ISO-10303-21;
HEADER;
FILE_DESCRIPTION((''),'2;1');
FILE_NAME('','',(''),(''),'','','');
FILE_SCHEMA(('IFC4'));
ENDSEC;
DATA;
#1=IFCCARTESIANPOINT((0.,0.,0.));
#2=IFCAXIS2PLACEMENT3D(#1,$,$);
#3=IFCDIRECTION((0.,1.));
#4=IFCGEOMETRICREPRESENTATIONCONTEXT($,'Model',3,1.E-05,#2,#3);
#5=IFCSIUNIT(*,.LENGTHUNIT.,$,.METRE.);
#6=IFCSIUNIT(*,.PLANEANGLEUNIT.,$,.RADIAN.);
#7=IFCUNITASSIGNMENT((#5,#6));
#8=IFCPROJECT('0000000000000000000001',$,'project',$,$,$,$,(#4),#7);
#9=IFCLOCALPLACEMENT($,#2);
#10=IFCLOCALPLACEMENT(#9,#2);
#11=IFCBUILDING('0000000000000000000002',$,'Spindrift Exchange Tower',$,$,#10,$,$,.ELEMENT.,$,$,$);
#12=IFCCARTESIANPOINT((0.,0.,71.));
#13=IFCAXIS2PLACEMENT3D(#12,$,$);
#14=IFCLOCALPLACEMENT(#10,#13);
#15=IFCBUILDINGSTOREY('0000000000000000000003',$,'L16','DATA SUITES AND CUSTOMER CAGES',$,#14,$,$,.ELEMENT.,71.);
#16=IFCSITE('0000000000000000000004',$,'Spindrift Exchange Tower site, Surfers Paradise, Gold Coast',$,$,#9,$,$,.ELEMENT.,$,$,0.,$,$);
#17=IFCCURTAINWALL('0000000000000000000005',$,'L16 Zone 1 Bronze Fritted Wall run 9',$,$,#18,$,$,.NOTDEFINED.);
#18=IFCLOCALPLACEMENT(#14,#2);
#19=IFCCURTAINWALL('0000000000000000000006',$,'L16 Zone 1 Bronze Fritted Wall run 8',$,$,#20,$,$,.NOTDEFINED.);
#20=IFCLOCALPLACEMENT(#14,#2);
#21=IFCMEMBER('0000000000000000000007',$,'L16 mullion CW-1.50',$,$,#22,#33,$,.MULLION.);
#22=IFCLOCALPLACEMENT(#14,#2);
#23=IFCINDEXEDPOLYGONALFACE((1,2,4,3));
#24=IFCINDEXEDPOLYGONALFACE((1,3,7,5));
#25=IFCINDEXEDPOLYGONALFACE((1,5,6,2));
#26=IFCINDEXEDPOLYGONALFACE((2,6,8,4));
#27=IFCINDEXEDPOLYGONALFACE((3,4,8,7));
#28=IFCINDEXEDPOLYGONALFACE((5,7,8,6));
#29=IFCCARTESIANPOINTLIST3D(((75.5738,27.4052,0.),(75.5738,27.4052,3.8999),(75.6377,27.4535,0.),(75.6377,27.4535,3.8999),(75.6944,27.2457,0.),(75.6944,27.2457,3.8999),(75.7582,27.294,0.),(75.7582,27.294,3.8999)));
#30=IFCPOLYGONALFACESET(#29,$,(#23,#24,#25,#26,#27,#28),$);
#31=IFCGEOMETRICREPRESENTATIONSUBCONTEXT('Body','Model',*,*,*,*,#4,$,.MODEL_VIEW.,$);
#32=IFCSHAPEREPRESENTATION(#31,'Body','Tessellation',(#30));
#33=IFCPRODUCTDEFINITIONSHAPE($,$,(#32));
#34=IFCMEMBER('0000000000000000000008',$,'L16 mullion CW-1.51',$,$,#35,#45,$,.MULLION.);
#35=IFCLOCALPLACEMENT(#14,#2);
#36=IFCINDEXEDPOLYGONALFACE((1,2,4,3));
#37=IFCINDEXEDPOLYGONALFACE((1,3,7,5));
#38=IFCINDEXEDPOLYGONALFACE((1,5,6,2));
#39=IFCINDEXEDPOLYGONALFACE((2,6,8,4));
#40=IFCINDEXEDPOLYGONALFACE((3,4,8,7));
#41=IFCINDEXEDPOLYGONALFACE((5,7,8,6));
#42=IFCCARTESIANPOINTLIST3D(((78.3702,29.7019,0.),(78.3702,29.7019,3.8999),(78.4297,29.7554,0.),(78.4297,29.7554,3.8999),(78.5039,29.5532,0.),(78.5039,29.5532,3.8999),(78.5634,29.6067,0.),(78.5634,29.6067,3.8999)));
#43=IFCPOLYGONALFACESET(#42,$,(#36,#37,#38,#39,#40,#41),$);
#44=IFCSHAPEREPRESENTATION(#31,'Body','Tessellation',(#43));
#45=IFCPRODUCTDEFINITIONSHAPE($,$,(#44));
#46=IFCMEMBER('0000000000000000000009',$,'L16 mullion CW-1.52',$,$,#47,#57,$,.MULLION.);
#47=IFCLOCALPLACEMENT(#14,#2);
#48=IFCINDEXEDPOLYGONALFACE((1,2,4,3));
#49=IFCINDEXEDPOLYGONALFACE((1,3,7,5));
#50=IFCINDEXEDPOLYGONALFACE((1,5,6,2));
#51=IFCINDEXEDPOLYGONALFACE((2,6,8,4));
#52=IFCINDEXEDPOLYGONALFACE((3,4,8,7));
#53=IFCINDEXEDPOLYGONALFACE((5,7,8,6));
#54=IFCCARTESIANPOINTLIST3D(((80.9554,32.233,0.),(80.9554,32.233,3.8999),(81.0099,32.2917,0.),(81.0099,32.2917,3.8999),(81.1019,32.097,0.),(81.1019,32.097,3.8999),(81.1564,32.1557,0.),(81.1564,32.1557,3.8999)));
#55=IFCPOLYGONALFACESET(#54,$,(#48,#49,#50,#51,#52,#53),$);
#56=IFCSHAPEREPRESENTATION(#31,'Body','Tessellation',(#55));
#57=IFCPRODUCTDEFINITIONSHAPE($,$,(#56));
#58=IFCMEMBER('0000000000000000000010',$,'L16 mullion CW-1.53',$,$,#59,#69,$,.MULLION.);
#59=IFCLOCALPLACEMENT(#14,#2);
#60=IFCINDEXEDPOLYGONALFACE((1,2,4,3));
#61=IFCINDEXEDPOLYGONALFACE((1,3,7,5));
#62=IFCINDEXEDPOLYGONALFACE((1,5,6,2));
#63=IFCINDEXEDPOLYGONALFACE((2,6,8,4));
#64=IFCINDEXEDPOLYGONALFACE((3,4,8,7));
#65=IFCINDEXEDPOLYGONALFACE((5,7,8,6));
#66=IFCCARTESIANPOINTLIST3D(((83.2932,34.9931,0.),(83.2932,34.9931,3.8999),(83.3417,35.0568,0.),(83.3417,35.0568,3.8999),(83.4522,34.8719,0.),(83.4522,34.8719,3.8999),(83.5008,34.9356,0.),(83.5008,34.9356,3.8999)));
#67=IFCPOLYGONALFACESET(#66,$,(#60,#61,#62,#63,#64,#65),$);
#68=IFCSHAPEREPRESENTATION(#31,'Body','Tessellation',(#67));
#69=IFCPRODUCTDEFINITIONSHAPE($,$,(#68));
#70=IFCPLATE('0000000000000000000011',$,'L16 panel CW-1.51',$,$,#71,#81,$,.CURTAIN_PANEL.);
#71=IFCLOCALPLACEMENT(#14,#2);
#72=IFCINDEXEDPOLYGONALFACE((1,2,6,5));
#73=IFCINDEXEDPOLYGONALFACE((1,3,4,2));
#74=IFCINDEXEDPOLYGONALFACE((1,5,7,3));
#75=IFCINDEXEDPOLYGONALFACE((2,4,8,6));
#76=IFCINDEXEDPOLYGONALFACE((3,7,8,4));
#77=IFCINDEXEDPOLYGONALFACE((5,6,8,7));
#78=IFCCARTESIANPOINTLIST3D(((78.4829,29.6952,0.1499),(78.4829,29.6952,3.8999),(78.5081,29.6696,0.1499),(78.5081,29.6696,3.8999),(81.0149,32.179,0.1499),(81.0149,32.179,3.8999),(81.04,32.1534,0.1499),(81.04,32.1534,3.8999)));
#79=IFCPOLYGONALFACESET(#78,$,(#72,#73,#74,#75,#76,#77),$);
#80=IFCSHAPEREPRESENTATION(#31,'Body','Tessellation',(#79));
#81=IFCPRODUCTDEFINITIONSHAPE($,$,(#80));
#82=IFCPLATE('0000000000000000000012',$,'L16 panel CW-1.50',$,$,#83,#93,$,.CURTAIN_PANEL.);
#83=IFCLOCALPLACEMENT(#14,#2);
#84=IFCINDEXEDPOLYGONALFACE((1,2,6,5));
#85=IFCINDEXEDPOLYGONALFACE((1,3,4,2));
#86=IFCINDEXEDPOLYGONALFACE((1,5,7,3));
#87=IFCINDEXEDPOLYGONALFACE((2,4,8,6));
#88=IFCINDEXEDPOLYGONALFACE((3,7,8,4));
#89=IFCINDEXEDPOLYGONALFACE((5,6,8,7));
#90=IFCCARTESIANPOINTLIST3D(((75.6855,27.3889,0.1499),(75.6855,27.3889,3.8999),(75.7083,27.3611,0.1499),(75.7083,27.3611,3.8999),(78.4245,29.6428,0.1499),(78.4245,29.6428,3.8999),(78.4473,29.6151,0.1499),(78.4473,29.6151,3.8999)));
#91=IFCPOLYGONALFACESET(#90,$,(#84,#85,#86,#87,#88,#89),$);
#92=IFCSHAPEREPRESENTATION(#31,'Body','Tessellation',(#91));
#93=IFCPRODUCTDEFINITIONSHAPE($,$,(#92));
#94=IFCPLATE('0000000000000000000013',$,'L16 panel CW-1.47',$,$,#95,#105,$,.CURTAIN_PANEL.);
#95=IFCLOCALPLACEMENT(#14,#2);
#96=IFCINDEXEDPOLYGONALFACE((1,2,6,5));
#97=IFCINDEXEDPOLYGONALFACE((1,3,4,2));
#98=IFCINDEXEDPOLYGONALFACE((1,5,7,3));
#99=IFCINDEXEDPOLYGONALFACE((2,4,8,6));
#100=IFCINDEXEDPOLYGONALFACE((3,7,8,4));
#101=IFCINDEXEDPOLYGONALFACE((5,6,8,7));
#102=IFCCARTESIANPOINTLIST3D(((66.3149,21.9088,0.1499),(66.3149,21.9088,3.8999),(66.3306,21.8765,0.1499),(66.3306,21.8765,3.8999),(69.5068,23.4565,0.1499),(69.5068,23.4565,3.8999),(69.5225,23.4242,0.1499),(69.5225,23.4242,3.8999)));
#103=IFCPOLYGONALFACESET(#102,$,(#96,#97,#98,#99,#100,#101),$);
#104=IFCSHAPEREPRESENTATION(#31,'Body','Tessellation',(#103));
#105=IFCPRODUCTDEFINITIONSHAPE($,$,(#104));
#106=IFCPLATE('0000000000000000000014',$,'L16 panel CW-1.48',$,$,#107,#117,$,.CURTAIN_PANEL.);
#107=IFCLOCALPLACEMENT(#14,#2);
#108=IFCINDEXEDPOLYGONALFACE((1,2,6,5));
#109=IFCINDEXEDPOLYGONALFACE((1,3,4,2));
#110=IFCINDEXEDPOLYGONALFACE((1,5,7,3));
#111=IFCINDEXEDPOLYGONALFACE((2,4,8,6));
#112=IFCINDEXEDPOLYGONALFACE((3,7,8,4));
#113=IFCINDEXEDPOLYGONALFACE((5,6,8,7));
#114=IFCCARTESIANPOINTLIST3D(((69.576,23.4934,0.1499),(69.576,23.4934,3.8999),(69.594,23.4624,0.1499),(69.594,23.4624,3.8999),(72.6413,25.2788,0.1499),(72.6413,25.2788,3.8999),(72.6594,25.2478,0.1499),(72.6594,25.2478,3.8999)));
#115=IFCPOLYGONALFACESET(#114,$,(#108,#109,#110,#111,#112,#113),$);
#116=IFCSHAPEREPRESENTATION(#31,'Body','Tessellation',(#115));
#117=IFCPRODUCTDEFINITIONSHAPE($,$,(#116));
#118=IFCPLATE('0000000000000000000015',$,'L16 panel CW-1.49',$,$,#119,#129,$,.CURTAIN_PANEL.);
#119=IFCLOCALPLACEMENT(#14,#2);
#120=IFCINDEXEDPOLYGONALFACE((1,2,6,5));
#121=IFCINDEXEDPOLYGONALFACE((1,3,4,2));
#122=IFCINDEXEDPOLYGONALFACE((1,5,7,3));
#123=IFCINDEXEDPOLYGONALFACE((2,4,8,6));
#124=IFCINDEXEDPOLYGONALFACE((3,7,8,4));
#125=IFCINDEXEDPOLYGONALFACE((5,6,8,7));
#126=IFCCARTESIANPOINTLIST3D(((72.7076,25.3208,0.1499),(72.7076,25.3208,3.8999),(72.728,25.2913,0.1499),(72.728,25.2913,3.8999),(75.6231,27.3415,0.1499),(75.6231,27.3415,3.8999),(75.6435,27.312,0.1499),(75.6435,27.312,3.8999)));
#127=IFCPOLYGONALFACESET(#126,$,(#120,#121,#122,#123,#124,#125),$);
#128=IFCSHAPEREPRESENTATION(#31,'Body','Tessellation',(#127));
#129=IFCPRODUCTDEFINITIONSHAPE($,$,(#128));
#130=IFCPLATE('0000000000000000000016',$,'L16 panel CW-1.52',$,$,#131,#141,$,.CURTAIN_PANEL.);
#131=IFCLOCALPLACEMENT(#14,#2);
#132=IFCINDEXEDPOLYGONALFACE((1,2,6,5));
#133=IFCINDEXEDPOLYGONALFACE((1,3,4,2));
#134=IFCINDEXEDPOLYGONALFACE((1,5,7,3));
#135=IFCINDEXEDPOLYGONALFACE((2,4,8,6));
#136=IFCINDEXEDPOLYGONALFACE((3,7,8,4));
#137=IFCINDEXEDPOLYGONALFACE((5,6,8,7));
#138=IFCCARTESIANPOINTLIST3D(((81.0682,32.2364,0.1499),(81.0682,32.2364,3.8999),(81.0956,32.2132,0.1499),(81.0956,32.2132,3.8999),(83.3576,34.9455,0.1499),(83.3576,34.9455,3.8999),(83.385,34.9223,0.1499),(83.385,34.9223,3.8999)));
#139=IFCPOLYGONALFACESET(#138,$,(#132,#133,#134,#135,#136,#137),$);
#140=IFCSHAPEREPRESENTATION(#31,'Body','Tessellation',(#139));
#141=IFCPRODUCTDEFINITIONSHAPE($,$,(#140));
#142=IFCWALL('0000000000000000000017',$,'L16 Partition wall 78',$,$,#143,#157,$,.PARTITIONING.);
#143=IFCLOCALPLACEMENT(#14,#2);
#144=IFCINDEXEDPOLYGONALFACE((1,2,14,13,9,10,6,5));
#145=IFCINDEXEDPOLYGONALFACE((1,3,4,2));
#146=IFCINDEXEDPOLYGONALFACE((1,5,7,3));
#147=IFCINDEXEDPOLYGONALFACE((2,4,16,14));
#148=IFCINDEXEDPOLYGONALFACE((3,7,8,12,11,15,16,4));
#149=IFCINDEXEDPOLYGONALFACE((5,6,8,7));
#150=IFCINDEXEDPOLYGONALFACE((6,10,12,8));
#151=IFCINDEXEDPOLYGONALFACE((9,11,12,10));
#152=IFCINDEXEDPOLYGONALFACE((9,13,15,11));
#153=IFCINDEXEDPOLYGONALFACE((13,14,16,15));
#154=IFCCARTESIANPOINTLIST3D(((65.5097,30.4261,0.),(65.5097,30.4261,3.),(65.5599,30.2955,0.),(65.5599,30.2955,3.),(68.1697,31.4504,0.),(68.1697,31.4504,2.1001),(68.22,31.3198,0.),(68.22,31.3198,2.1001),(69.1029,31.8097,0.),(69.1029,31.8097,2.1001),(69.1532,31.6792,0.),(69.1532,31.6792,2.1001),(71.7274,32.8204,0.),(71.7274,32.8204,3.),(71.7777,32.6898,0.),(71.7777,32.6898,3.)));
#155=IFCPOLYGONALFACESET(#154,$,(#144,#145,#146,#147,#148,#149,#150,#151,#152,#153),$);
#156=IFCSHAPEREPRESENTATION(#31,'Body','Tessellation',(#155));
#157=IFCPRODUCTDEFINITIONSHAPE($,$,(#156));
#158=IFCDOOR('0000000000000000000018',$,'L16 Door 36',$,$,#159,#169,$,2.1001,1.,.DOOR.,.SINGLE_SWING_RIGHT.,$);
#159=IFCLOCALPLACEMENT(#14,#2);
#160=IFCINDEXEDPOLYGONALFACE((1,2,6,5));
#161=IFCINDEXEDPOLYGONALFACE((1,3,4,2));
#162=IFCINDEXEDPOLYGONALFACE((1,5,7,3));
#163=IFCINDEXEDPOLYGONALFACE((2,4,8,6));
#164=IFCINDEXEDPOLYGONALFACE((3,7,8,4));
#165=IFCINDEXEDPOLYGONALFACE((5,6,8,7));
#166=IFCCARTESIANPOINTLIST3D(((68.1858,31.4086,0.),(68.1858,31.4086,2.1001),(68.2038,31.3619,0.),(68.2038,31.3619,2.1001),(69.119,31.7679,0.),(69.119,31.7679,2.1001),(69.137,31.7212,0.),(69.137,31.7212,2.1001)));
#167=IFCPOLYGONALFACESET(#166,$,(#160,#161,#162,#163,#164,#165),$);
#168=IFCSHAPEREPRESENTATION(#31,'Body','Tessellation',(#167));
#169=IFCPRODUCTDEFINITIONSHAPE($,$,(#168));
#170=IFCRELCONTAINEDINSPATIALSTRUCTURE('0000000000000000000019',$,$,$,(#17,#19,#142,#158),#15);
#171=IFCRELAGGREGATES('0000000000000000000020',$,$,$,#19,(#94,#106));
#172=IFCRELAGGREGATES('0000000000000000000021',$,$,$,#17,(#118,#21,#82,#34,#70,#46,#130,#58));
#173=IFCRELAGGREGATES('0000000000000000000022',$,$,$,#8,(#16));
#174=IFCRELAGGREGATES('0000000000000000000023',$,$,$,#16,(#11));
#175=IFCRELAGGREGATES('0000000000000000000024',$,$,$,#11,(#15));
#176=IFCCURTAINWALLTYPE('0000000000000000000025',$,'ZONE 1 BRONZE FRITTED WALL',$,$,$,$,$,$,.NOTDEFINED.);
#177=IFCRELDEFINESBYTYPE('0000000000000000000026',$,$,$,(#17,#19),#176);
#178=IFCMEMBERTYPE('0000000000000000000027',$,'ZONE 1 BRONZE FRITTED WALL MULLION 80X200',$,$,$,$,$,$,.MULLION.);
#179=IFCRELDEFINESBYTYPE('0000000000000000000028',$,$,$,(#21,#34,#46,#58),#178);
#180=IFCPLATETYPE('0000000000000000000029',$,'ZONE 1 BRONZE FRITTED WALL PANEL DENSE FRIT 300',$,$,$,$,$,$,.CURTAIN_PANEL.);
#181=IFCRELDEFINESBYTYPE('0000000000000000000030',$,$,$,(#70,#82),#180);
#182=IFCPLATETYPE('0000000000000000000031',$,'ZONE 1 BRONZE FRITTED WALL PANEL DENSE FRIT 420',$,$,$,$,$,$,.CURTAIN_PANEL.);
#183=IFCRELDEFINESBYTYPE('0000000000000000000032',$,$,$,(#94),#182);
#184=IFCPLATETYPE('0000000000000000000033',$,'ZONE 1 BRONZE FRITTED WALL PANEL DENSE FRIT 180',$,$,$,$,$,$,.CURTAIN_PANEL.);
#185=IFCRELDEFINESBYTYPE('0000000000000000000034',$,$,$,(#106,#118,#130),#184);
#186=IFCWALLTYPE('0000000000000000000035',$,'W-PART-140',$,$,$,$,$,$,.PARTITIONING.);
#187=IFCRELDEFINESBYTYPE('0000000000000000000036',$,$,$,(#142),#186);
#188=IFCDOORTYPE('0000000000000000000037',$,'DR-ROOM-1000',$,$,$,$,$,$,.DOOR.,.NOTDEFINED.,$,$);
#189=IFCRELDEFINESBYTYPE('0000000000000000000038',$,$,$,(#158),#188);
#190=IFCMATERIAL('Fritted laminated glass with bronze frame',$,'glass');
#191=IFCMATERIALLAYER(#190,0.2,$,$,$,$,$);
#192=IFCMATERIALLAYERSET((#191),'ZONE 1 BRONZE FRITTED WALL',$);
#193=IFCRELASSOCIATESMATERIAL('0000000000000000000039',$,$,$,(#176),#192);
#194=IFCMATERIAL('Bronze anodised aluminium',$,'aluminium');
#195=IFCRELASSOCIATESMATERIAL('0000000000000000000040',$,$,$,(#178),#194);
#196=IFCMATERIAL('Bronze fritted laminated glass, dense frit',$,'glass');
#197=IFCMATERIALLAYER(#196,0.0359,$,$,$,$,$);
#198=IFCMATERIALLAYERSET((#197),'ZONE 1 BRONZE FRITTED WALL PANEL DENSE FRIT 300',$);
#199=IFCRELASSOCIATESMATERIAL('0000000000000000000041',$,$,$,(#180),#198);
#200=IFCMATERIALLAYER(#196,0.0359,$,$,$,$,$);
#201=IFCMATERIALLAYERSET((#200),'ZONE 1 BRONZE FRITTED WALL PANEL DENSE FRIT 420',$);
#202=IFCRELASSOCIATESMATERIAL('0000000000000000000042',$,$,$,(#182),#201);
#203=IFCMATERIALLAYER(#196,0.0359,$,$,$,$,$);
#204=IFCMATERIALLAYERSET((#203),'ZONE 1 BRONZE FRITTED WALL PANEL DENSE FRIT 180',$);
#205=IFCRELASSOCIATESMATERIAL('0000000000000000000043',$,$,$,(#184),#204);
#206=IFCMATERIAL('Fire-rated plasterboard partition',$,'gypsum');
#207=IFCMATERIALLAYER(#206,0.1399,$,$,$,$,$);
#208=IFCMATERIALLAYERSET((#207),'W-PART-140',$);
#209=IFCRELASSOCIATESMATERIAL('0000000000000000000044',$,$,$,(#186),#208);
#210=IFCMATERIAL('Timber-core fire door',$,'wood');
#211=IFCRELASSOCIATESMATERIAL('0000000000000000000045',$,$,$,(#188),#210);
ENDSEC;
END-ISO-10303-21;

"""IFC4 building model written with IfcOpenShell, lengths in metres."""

from ifc_helpers import new_model, si_unit, direction, frame, frame_2d, origin, origin_2d, place, context, subcontext, project, spatial, rectangle, extrude, source, transform, mapped, material, layer, layer_set, material_profile, profile_set, type_object, element, fill, aggregate, save


model = new_model("IFC4")

# Units and contexts
model_context = context("Model", 3, precision=1e-05, world=origin(), true_north=direction((0.0, 1.0)))
body_context = subcontext(model_context, "Body", "Model", "MODEL_VIEW")
ifc_project = project(units=[si_unit("LENGTHUNIT", "METRE"), si_unit("PLANEANGLEUNIT", "RADIAN")], contexts=[model_context])

# Site, building, storey
site_placement = place(None, origin())
site = spatial("IfcSite", under=ifc_project, at=site_placement, Name="Spindrift Exchange Tower site, Surfers Paradise, Gold Coast", CompositionType="ELEMENT", RefElevation=0.0)
building_placement = place(site_placement, origin())
building = spatial("IfcBuilding", under=site, at=building_placement, Name="Spindrift Exchange Tower", CompositionType="ELEMENT")
storey_placement = place(building_placement, frame((0.0, 0.0, 71.0)))
storey = spatial("IfcBuildingStorey", under=building, at=storey_placement, Name="L16", Description="DATA SUITES AND CUSTOMER CAGES", CompositionType="ELEMENT", Elevation=71.0)

# Curtain walls
ifc_material_1 = material(Name="Fritted laminated glass with bronze frame", Category="glass")
ifc_layer_1 = layer(ifc_material_1, 0.2)
ifc_layer_set_1 = layer_set([ifc_layer_1], Name="ZONE 1 BRONZE FRITTED WALL")
curtain_wall_type = type_object("IfcCurtainWallType", Name="ZONE 1 BRONZE FRITTED WALL", PredefinedType="NOTDEFINED", material=ifc_layer_set_1)
curtain_wall_1_placement = place(storey_placement, origin())
curtain_wall_1 = element("IfcCurtainWall", 1, at=curtain_wall_1_placement, inside=storey, type_object=curtain_wall_type, Name="L16 Zone 1 Bronze Fritted Wall run 9", PredefinedType="NOTDEFINED")
ifc_material_2 = material(Name="Bronze anodised aluminium", Category="aluminium")
curtain_wall_2_placement = place(storey_placement, origin())
curtain_wall_2 = element("IfcCurtainWall", 2, at=curtain_wall_2_placement, inside=storey, type_object=curtain_wall_type, Name="L16 Zone 1 Bronze Fritted Wall run 8", PredefinedType="NOTDEFINED")

# Members
ifc_material_profile_1 = material_profile(ifc_material_2, rectangle(XDim=0.0801, YDim=0.2, at=origin_2d()), Name="ZONE 1 BRONZE FRITTED WALL MULLION 80X200")
ifc_profile_set_1 = profile_set([ifc_material_profile_1], Name="Bronze anodised aluminium")
member_type_1 = type_object("IfcMemberType", Name="ZONE 1 BRONZE FRITTED WALL MULLION 80X200", PredefinedType="MULLION", material=ifc_profile_set_1)
shared_shape_1 = source(origin(), body_context, "Body", "SweptSolid", [
    extrude(rectangle(XDim=0.0801, YDim=0.2, at=origin_2d()), origin(), (0.0, 0.0, 1.0), 3.8999),
])
member_1_placement = place(storey_placement, frame((75.666, 27.3496, 0.0), z_axis=(0.0, 0.0, 1.0), x_axis=(0.797703, 0.603051, 0.0)))
member_1 = element("IfcMember", 3, at=member_1_placement, type_object=member_type_1, Name="L16 mullion CW-1.50", PredefinedType="MULLION", context=body_context, shape_type="MappedRepresentation", body=[
    mapped(shared_shape_1, transform((0.0, 0.0, 0.0), scale=1.0)),
])
member_2_placement = place(storey_placement, frame((78.4668, 29.6543, 0.0), z_axis=(0.0, 0.0, 1.0), x_axis=(0.743719, 0.668492, 0.0)))
member_2 = element("IfcMember", 4, at=member_2_placement, type_object=member_type_1, Name="L16 mullion CW-1.51", PredefinedType="MULLION", context=body_context, shape_type="MappedRepresentation", body=[
    mapped(shared_shape_1, transform((0.0, 0.0, 0.0), scale=1.0)),
])
member_3_placement = place(storey_placement, frame((81.0559, 32.1943, 0.0), z_axis=(0.0, 0.0, 1.0), x_axis=(0.680405, 0.732836, 0.0)))
member_3 = element("IfcMember", 5, at=member_3_placement, type_object=member_type_1, Name="L16 mullion CW-1.52", PredefinedType="MULLION", context=body_context, shape_type="MappedRepresentation", body=[
    mapped(shared_shape_1, transform((0.0, 0.0, 0.0), scale=1.0)),
])
member_4_placement = place(storey_placement, frame((83.397, 34.9644, 0.0), z_axis=(0.0, 0.0, 1.0), x_axis=(0.606211, 0.795304, 0.0)))
member_4 = element("IfcMember", 6, at=member_4_placement, type_object=member_type_1, Name="L16 mullion CW-1.53", PredefinedType="MULLION", context=body_context, shape_type="MappedRepresentation", body=[
    mapped(shared_shape_1, transform((0.0, 0.0, 0.0), scale=1.0)),
])

# Plates
ifc_material_3 = material(Name="Bronze fritted laminated glass, dense frit", Category="glass")
ifc_layer_2 = layer(ifc_material_3, 0.0359)
ifc_layer_set_2 = layer_set([ifc_layer_2], Name="ZONE 1 BRONZE FRITTED WALL PANEL DENSE FRIT 300")
plate_type_1 = type_object("IfcPlateType", Name="ZONE 1 BRONZE FRITTED WALL PANEL DENSE FRIT 300", PredefinedType="CURTAIN_PANEL", material=ifc_layer_set_2)
shared_shape_2 = source(origin(), body_context, "Body", "SweptSolid", [
    extrude(rectangle(XDim=3.5469, YDim=0.0359, at=origin_2d()), origin(), (0.0, 0.0, 1.0), 3.75),
])
plate_1_placement = place(storey_placement, frame((79.7615, 30.9243, 0.1499), z_axis=(0.0, 0.0, 1.0), x_axis=(0.713857, 0.700292, 0.0)))
plate_1 = element("IfcPlate", 7, at=plate_1_placement, type_object=plate_type_1, Name="L16 panel CW-1.51", PredefinedType="CURTAIN_PANEL", context=body_context, shape_type="MappedRepresentation", body=[
    mapped(shared_shape_2, transform((0.0, 0.0, 0.0), scale=1.0)),
])
shared_shape_3 = source(origin(), body_context, "Body", "SweptSolid", [
    extrude(rectangle(XDim=3.5471, YDim=0.0359, at=origin_2d()), origin(), (0.0, 0.0, 1.0), 3.75),
])
plate_2_placement = place(storey_placement, frame((77.0664, 28.502, 0.1499), z_axis=(0.0, 0.0, 1.0), x_axis=(0.772166, 0.635421, 0.0)))
plate_2 = element("IfcPlate", 8, at=plate_2_placement, type_object=plate_type_1, Name="L16 panel CW-1.50", PredefinedType="CURTAIN_PANEL", context=body_context, shape_type="MappedRepresentation", body=[
    mapped(shared_shape_3, transform((0.0, 0.0, 0.0), scale=1.0)),
])
ifc_layer_3 = layer(ifc_material_3, 0.0359)
ifc_layer_set_3 = layer_set([ifc_layer_3], Name="ZONE 1 BRONZE FRITTED WALL PANEL DENSE FRIT 420")
plate_type_2 = type_object("IfcPlateType", Name="ZONE 1 BRONZE FRITTED WALL PANEL DENSE FRIT 420", PredefinedType="CURTAIN_PANEL", material=ifc_layer_set_3)
shared_shape_4 = source(origin(), body_context, "Body", "SweptSolid", [
    extrude(rectangle(XDim=3.5474, YDim=0.0359, at=origin_2d()), origin(), (0.0, 0.0, 1.0), 3.75),
])
plate_3_placement = place(storey_placement, frame((67.9187, 22.6665, 0.1499), z_axis=(0.0, 0.0, 1.0), x_axis=(0.899803, 0.436296, 0.0)))
plate_3 = element("IfcPlate", 9, at=plate_3_placement, type_object=plate_type_2, Name="L16 panel CW-1.47", PredefinedType="CURTAIN_PANEL", context=body_context, shape_type="MappedRepresentation", body=[
    mapped(shared_shape_4, transform((0.0, 0.0, 0.0), scale=1.0)),
])
ifc_layer_4 = layer(ifc_material_3, 0.0359)
ifc_layer_set_4 = layer_set([ifc_layer_4], Name="ZONE 1 BRONZE FRITTED WALL PANEL DENSE FRIT 180")
plate_type_3 = type_object("IfcPlateType", Name="ZONE 1 BRONZE FRITTED WALL PANEL DENSE FRIT 180", PredefinedType="CURTAIN_PANEL", material=ifc_layer_set_4)
shared_shape_5 = source(origin(), body_context, "Body", "SweptSolid", [
    extrude(rectangle(XDim=3.5474, YDim=0.0359, at=origin_2d()), origin(), (0.0, 0.0, 1.0), 3.75),
])
plate_4_placement = place(storey_placement, frame((71.1177, 24.3706, 0.1499), z_axis=(0.0, 0.0, 1.0), x_axis=(0.864115, 0.503294, 0.0)))
plate_4 = element("IfcPlate", 10, at=plate_4_placement, type_object=plate_type_3, Name="L16 panel CW-1.48", PredefinedType="CURTAIN_PANEL", context=body_context, shape_type="MappedRepresentation", body=[
    mapped(shared_shape_5, transform((0.0, 0.0, 0.0), scale=1.0)),
])
aggregate(curtain_wall_2, [plate_3, plate_4])
plate_5_placement = place(storey_placement, frame((74.1755, 26.3164, 0.1499), z_axis=(0.0, 0.0, 1.0), x_axis=(0.821884, 0.569655, 0.0)))
plate_5 = element("IfcPlate", 11, at=plate_5_placement, type_object=plate_type_3, Name="L16 panel CW-1.49", PredefinedType="CURTAIN_PANEL", context=body_context, shape_type="MappedRepresentation", body=[
    mapped(shared_shape_5, transform((0.0, 0.0, 0.0), scale=1.0)),
])
shared_shape_6 = source(origin(), body_context, "Body", "SweptSolid", [
    extrude(rectangle(XDim=3.5469, YDim=0.0359, at=origin_2d()), origin(), (0.0, 0.0, 1.0), 3.75),
])
plate_6_placement = place(storey_placement, frame((82.2266, 33.5793, 0.1499), z_axis=(0.0, 0.0, 1.0), x_axis=(0.645471, 0.763785, 0.0)))
plate_6 = element("IfcPlate", 12, at=plate_6_placement, type_object=plate_type_3, Name="L16 panel CW-1.52", PredefinedType="CURTAIN_PANEL", context=body_context, shape_type="MappedRepresentation", body=[
    mapped(shared_shape_6, transform((0.0, 0.0, 0.0), scale=1.0)),
])
aggregate(curtain_wall_1, [plate_5, member_1, plate_2, member_2, plate_1, member_3, plate_6, member_4])

# Wall, opening, door
ifc_material_4 = material(Name="Fire-rated plasterboard partition", Category="gypsum")
ifc_layer_5 = layer(ifc_material_4, 0.1399)
ifc_layer_set_5 = layer_set([ifc_layer_5], Name="W-PART-140")
wall_type = type_object("IfcWallType", Name="W-PART-140", PredefinedType="PARTITIONING", material=ifc_layer_set_5)
wall_1_placement = place(storey_placement, frame((71.7527, 32.7551, 0.0), z_axis=(0.0, 0.0, 1.0), x_axis=(-0.933203, -0.35935, 0.0)))
wall_1 = element("IfcWall", 13, at=wall_1_placement, inside=storey, type_object=wall_type, Name="L16 Partition wall 78", PredefinedType="PARTITIONING", context=body_context, shape_type="SweptSolid", body=[
    extrude(rectangle(XDim=6.6628, YDim=0.1399, at=frame_2d((3.3315, 0.0))), origin(), (0.0, 0.0, 1.0), 3.0),
])
opening_1_placement = place(wall_1_placement, frame((2.8125, 0.0, 0.0)))
opening_1 = element("IfcOpeningElement", 14, at=opening_1_placement, cuts=wall_1, PredefinedType="OPENING", context=body_context, shape_type="SweptSolid", body=[
    extrude(rectangle(XDim=1.0, YDim=2.1001, at=frame_2d((0.5, 1.05))), frame((0.0, 0.0798, 0.0), z_axis=(0.0, -1.0, 0.0), x_axis=(1.0, 0.0, 0.0)), (0.0, 0.0, 1.0), 0.1599),
])
ifc_material_5 = material(Name="Timber-core fire door", Category="wood")
door_type = type_object("IfcDoorType", Name="DR-ROOM-1000", OperationType="NOTDEFINED", PredefinedType="DOOR", material=ifc_material_5)
shared_shape_7 = source(origin(), body_context, "Body", "SweptSolid", [
    extrude(rectangle(XDim=1.0, YDim=2.1001, at=frame_2d((0.5, 1.05))), frame((0.0, 0.0249, 0.0), z_axis=(0.0, -1.0, 0.0), x_axis=(1.0, 0.0, 0.0)), (0.0, 0.0, 1.0), 0.05),
])
door_1_placement = place(opening_1_placement, origin())
door_1 = element("IfcDoor", 15, at=door_1_placement, inside=storey, type_object=door_type, Name="L16 Door 36", OperationType="SINGLE_SWING_RIGHT", OverallHeight=2.1001, OverallWidth=1.0, PredefinedType="DOOR", context=body_context, shape_type="MappedRepresentation", body=[
    mapped(shared_shape_7, transform((0.0, 0.0, 0.0), scale=1.0)),
])
fill(opening_1, door_1)

save(model, "model.ifc")
